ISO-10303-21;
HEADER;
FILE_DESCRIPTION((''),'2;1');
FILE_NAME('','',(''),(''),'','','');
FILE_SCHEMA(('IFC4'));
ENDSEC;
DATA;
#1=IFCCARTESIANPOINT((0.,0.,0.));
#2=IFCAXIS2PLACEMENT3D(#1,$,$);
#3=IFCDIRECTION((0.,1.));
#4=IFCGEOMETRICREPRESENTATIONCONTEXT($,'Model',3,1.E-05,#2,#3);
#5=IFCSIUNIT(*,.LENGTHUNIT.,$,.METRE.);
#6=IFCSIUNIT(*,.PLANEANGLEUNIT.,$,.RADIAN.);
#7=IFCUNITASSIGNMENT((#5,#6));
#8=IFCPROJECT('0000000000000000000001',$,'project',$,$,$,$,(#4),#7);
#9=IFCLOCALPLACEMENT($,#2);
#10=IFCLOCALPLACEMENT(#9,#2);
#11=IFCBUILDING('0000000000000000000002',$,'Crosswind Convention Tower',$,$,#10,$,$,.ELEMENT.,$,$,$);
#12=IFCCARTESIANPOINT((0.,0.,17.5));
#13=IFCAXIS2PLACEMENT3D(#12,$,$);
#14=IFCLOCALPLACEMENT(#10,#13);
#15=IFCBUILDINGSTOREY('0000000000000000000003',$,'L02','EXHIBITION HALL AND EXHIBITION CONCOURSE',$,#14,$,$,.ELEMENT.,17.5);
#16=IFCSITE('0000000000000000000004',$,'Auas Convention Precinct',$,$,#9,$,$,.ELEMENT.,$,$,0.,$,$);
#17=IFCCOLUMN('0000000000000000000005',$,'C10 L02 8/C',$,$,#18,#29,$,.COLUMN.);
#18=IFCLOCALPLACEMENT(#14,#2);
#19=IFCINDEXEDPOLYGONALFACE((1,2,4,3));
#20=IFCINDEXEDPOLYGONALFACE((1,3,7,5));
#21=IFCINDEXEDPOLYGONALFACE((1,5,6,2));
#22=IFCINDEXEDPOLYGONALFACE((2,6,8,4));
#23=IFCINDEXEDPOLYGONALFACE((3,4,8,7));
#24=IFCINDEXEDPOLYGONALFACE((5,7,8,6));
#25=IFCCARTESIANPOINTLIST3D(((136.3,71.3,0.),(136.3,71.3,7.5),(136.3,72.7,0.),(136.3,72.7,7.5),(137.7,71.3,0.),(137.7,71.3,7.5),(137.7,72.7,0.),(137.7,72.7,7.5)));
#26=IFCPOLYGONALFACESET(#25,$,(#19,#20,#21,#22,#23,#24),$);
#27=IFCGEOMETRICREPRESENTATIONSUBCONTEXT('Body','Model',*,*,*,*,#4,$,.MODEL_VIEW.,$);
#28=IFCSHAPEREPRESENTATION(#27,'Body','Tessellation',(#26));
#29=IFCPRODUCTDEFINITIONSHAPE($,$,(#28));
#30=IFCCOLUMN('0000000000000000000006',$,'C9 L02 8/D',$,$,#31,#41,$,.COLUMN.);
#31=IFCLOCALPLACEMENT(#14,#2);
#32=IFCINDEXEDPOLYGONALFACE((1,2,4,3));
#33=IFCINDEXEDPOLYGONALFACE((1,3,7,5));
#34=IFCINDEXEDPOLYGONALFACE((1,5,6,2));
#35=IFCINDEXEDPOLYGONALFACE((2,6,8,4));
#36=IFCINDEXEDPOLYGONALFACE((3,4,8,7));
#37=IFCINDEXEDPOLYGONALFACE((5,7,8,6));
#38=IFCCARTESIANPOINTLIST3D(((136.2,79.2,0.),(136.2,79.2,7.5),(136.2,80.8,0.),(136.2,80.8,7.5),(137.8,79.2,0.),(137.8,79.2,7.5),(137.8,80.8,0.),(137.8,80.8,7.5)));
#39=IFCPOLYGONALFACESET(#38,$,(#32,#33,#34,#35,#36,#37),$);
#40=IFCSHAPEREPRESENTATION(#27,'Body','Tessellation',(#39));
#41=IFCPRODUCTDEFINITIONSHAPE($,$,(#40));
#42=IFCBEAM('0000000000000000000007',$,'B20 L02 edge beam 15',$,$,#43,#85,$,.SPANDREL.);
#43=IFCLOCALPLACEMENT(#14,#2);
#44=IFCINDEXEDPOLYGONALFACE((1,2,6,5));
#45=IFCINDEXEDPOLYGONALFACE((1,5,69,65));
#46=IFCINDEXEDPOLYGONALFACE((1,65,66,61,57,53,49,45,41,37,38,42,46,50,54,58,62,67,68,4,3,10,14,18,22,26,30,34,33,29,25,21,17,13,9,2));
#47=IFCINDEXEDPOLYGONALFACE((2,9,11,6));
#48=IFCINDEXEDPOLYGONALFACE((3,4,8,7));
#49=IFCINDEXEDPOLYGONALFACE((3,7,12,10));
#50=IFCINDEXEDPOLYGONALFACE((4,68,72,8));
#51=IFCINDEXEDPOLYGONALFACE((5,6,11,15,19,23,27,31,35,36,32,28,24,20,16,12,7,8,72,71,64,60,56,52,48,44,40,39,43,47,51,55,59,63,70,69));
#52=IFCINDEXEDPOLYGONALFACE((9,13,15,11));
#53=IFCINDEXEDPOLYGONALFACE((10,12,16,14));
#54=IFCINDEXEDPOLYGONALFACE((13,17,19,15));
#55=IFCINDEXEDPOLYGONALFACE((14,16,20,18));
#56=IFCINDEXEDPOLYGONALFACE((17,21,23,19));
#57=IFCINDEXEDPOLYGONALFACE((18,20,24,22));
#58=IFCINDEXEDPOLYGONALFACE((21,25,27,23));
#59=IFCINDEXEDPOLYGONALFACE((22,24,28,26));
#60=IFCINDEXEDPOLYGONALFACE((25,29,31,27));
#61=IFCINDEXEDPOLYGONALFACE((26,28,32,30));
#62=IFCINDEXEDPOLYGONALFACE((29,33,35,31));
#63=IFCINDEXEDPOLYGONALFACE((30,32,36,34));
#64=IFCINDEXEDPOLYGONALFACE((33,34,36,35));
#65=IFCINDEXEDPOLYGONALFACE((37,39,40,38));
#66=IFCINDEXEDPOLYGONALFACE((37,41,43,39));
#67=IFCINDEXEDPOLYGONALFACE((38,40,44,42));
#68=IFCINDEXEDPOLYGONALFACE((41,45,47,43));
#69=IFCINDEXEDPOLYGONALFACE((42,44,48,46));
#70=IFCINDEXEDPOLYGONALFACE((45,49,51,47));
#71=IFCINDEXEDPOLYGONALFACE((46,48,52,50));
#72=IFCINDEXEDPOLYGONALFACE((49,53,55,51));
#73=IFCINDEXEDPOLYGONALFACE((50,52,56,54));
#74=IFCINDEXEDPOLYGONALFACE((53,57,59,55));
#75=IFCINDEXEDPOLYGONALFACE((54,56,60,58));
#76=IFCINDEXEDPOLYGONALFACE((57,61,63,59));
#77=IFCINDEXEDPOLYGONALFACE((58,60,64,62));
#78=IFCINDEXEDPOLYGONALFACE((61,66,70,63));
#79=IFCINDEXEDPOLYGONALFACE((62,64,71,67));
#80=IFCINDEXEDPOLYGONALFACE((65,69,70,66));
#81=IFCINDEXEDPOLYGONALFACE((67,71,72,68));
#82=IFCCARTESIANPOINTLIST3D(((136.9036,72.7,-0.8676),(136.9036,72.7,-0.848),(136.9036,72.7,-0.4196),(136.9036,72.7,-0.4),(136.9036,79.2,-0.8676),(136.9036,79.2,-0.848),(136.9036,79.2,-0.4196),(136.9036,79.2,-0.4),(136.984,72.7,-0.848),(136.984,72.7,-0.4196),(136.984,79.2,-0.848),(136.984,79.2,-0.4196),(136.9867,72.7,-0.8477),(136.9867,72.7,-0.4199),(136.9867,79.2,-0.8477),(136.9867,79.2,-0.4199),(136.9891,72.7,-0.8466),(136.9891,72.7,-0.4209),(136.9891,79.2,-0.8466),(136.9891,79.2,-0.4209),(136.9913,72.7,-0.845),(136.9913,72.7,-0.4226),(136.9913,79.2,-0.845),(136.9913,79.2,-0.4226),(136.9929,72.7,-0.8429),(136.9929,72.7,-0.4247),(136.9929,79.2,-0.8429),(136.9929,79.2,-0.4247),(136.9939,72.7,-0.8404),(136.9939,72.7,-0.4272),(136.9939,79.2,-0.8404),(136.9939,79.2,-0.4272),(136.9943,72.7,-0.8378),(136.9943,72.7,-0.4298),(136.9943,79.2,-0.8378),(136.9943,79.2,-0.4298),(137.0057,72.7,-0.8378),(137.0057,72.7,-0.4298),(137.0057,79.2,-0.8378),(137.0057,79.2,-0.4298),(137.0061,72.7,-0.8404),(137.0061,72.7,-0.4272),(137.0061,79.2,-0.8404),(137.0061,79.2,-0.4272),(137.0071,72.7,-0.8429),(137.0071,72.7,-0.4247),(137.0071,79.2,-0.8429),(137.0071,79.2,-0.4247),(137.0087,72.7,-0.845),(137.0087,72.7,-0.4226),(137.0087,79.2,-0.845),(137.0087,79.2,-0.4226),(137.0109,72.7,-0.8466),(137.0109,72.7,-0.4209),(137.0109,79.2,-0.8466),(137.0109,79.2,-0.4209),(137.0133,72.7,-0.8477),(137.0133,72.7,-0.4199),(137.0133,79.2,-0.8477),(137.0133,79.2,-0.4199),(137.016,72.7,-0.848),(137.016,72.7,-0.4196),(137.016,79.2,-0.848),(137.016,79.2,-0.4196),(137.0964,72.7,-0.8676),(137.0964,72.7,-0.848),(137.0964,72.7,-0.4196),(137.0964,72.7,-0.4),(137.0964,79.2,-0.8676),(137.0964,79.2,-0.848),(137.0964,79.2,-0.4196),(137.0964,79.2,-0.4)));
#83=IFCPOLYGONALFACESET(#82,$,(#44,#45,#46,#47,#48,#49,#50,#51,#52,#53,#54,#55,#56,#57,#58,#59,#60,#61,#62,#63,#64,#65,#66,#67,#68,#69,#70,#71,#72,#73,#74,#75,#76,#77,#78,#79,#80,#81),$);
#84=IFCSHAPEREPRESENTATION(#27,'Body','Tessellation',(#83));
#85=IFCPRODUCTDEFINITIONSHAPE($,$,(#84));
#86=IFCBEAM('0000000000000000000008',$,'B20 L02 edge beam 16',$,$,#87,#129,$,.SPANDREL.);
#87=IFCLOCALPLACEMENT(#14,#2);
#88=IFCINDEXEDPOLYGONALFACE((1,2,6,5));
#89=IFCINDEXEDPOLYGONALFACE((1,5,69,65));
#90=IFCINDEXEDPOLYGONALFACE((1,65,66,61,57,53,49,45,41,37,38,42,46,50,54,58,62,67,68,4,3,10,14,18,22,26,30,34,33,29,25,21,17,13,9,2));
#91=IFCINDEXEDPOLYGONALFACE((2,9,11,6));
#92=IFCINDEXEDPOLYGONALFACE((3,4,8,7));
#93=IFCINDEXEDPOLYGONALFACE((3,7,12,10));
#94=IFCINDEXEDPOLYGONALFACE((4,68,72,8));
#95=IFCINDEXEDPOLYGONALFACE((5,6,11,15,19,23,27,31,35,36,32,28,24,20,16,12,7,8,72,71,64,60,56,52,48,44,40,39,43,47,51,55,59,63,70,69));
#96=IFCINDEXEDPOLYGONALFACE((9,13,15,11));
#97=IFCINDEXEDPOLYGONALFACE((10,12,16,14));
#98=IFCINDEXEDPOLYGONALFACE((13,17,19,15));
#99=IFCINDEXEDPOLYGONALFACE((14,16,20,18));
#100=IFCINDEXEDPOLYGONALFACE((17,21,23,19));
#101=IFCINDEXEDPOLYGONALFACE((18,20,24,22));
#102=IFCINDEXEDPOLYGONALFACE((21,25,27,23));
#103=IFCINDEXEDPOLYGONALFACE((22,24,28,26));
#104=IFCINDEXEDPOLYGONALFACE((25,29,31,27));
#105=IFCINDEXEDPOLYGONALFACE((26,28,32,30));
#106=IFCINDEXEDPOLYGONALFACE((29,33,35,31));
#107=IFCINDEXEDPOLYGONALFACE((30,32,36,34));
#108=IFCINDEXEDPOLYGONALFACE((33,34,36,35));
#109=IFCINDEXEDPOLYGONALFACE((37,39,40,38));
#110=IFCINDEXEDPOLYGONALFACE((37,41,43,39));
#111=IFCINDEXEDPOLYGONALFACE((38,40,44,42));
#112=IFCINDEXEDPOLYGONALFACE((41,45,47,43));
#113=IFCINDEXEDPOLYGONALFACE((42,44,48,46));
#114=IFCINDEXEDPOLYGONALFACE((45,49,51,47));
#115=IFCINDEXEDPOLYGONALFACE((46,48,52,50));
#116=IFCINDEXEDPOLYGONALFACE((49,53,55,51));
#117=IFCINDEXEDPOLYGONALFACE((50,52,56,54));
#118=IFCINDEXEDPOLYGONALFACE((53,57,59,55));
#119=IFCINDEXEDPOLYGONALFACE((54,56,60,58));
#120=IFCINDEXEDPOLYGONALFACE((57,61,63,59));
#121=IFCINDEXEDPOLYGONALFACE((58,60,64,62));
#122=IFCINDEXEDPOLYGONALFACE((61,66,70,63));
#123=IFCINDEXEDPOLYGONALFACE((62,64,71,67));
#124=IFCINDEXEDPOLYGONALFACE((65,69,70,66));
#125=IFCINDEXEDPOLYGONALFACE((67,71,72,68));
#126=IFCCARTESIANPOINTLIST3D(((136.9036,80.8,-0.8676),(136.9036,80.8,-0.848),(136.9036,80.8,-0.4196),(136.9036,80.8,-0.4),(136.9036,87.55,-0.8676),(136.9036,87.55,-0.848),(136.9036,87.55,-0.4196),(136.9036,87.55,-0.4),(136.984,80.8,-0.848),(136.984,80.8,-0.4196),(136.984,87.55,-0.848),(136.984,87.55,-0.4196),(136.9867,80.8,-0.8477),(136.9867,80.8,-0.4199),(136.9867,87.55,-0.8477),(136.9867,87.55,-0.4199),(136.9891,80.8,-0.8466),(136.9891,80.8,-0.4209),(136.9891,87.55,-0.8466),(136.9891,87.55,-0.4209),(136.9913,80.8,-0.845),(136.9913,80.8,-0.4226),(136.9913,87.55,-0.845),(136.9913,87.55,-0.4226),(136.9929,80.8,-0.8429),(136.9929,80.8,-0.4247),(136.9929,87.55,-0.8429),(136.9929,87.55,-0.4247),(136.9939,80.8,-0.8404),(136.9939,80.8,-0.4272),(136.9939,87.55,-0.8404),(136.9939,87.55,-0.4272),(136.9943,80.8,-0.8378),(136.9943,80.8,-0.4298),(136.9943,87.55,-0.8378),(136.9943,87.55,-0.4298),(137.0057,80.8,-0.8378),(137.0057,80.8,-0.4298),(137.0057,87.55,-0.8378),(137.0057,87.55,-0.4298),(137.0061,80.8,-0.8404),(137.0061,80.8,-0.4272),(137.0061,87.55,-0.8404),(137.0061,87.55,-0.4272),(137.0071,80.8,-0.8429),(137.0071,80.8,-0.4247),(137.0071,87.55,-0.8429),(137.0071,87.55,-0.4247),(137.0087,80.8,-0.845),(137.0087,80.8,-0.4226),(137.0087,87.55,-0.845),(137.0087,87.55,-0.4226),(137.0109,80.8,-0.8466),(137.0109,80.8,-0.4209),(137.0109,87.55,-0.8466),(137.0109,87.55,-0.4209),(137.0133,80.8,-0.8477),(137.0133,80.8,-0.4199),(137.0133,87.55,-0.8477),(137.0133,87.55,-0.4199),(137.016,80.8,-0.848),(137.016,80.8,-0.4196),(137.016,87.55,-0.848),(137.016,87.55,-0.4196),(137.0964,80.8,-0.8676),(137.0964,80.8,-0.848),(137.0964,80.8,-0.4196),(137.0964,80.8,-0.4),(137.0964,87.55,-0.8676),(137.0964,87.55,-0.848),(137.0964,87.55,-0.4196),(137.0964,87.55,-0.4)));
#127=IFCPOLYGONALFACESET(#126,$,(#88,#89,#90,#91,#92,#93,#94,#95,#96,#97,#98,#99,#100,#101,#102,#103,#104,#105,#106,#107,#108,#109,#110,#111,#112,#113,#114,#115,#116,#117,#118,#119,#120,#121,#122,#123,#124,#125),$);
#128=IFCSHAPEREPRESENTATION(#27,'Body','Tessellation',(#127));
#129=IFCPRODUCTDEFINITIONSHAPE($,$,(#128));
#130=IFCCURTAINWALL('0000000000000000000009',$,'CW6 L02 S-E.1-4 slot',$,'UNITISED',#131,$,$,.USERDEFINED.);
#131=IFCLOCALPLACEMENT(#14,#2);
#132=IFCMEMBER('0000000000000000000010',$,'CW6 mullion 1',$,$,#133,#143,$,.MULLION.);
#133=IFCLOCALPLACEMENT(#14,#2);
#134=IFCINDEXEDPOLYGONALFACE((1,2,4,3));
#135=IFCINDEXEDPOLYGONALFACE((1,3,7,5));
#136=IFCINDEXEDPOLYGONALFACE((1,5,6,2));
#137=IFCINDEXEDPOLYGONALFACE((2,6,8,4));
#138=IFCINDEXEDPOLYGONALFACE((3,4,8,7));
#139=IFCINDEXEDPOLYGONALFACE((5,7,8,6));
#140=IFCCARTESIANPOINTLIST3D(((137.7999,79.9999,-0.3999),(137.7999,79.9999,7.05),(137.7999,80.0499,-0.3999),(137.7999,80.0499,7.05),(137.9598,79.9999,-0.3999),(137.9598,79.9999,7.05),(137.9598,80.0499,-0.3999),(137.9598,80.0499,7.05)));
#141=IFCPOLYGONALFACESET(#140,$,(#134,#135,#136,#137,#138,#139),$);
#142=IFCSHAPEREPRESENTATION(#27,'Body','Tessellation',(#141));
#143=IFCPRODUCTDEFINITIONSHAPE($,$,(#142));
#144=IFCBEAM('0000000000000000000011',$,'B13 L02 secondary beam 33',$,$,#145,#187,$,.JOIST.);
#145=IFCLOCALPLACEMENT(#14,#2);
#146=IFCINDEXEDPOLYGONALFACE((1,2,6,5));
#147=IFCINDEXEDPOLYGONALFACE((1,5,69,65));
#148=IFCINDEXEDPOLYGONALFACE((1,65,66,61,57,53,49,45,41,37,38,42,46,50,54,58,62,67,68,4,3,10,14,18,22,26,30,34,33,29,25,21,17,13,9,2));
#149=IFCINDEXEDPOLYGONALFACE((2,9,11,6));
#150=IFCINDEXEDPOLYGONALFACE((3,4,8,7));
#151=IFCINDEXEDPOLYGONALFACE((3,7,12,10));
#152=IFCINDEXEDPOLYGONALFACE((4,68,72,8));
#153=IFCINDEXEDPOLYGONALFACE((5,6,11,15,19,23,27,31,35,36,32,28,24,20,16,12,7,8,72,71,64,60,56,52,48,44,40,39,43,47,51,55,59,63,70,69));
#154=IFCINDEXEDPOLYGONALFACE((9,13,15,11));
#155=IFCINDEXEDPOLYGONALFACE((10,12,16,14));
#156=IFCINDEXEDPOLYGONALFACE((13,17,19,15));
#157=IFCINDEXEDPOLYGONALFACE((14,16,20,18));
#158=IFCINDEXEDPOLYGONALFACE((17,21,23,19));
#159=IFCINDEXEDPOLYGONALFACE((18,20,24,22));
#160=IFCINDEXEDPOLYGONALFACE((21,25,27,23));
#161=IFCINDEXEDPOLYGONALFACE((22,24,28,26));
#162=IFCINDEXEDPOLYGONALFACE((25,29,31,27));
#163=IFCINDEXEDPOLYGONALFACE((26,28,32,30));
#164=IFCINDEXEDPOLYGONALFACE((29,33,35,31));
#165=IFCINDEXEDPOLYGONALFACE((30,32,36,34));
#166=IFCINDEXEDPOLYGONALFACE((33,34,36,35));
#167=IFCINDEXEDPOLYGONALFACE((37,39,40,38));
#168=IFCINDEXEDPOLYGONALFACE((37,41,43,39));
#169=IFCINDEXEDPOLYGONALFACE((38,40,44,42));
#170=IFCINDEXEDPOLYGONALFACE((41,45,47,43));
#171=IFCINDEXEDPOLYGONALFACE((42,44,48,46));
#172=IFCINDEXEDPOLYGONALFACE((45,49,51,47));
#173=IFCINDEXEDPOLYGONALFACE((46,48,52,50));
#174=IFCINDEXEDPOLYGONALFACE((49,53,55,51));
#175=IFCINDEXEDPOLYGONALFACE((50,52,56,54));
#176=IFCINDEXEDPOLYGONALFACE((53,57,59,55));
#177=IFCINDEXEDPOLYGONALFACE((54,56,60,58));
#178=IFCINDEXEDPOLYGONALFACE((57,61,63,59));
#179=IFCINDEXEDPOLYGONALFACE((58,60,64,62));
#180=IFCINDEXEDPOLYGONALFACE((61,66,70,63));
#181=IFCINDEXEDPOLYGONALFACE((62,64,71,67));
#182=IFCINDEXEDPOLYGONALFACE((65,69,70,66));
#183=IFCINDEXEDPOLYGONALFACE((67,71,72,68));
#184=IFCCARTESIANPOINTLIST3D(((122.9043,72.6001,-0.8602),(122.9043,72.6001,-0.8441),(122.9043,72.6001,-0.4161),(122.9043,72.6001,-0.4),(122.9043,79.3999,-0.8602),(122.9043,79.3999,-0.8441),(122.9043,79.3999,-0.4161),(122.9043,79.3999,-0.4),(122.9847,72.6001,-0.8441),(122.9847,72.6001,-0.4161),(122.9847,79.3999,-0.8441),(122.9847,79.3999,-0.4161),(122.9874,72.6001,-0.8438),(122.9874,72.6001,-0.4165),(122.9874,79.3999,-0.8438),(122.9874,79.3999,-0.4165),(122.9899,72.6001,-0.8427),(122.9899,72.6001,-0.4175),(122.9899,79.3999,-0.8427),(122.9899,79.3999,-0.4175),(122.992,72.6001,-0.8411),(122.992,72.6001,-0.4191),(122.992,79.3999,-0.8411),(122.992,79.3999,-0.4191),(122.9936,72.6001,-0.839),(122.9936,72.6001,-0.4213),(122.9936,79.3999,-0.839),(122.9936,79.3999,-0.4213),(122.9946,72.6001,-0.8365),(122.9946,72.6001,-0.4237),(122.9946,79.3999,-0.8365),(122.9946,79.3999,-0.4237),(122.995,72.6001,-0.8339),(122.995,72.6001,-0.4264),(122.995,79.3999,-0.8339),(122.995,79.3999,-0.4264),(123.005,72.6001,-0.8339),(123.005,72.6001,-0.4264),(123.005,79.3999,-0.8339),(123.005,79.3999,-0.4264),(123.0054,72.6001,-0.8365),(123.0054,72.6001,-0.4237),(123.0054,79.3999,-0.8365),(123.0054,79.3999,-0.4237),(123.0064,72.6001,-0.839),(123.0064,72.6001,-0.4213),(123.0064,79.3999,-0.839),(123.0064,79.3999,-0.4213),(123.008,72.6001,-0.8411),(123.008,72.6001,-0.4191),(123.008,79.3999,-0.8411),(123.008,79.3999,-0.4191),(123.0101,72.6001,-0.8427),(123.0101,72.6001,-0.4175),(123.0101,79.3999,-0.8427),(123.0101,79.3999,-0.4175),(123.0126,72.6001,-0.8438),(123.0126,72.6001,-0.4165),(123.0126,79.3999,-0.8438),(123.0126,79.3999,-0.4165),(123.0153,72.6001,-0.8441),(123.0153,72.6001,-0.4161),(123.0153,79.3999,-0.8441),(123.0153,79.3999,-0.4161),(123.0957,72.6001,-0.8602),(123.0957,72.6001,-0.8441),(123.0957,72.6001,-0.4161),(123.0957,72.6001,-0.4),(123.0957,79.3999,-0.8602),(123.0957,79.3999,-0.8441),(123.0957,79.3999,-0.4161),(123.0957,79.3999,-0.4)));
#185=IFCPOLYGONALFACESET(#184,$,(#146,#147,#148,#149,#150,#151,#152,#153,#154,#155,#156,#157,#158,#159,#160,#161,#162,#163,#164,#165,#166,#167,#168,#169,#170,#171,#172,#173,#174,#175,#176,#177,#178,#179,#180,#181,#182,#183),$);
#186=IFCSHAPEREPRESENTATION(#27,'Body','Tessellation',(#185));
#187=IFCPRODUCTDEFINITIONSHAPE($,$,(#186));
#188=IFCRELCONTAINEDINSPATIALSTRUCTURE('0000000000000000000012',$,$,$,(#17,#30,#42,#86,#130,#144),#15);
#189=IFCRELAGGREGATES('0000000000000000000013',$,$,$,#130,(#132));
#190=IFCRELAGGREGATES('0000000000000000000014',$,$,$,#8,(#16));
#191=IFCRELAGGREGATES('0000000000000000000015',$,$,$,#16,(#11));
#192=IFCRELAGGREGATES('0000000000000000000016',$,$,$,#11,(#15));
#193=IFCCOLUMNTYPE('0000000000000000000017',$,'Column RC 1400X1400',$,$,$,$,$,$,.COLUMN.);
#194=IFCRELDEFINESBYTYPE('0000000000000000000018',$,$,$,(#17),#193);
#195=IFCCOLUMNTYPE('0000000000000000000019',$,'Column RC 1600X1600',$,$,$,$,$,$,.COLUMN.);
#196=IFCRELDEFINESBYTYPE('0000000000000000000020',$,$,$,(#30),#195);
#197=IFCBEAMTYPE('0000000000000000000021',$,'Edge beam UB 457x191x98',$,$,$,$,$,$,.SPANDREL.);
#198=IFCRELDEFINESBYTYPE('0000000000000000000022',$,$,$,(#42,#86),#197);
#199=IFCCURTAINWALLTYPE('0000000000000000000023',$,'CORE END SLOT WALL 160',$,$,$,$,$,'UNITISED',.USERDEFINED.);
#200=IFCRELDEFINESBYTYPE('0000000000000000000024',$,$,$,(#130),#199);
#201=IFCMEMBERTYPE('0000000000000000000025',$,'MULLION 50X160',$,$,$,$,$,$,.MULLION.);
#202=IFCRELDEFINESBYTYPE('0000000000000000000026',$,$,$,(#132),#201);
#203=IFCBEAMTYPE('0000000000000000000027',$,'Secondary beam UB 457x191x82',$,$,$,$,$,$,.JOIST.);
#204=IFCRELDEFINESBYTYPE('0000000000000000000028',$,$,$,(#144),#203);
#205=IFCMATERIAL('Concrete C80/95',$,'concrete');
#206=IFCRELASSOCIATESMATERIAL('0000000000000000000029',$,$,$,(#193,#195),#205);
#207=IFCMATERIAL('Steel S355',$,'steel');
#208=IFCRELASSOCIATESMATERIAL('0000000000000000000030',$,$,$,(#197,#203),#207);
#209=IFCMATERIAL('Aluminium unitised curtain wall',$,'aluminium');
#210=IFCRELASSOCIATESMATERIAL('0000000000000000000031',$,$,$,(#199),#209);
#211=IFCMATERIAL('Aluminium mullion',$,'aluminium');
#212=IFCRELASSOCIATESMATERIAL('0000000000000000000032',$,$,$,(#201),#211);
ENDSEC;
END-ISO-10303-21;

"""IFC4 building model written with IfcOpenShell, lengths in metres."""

from ifc_helpers import new_model, si_unit, direction, frame, origin, origin_2d, place, context, subcontext, project, spatial, rectangle, i_section, extrude, material, material_profile, profile_set, type_object, element, aggregate, save


model = new_model("IFC4")

# Units and contexts
model_context = context("Model", 3, precision=1e-05, world=origin(), true_north=direction((0.0, 1.0)))
body_context = subcontext(model_context, "Body", "Model", "MODEL_VIEW")
ifc_project = project(units=[si_unit("LENGTHUNIT", "METRE"), si_unit("PLANEANGLEUNIT", "RADIAN")], contexts=[model_context])

# Site, building, storey
site_placement = place(None, origin())
site = spatial("IfcSite", under=ifc_project, at=site_placement, Name="Auas Convention Precinct", CompositionType="ELEMENT", RefElevation=0.0)
building_placement = place(site_placement, origin())
building = spatial("IfcBuilding", under=site, at=building_placement, Name="Crosswind Convention Tower", CompositionType="ELEMENT")
storey_placement = place(building_placement, frame((0.0, 0.0, 17.5)))
storey = spatial("IfcBuildingStorey", under=building, at=storey_placement, Name="L02", Description="EXHIBITION HALL AND EXHIBITION CONCOURSE", CompositionType="ELEMENT", Elevation=17.5)

# Columns
ifc_material_1 = material(Name="Concrete C80/95", Category="concrete")
ifc_material_profile_1 = material_profile(ifc_material_1, rectangle(XDim=1.3999, YDim=1.3999, at=origin_2d()), Name="RC 1400X1400")
ifc_profile_set_1 = profile_set([ifc_material_profile_1], Name="Concrete C80/95")
column_type_1 = type_object("IfcColumnType", Name="Column RC 1400X1400", PredefinedType="COLUMN", material=ifc_profile_set_1)
column_1_placement = place(storey_placement, frame((137.0, 72.0, 0.0), z_axis=(0.0, 0.0, 1.0), x_axis=(1.0, 0.0, 0.0)))
element("IfcColumn", 1, at=column_1_placement, inside=storey, type_object=column_type_1, Name="C10 L02 8/C", PredefinedType="COLUMN", context=body_context, shape_type="SweptSolid", body=[
    extrude(rectangle(XDim=1.3999, YDim=1.3999, at=origin_2d()), origin(), (0.0, 0.0, 1.0), 7.5),
])
ifc_material_profile_2 = material_profile(ifc_material_1, rectangle(XDim=1.6001, YDim=1.6001, at=origin_2d()), Name="RC 1600X1600")
ifc_profile_set_2 = profile_set([ifc_material_profile_2], Name="Concrete C80/95")
column_type_2 = type_object("IfcColumnType", Name="Column RC 1600X1600", PredefinedType="COLUMN", material=ifc_profile_set_2)
column_2_placement = place(storey_placement, frame((137.0, 80.0, 0.0), z_axis=(0.0, 0.0, 1.0), x_axis=(1.0, 0.0, 0.0)))
element("IfcColumn", 2, at=column_2_placement, inside=storey, type_object=column_type_2, Name="C9 L02 8/D", PredefinedType="COLUMN", context=body_context, shape_type="SweptSolid", body=[
    extrude(rectangle(XDim=1.6001, YDim=1.6001, at=origin_2d()), origin(), (0.0, 0.0, 1.0), 7.5),
])

# Beams
ifc_material_2 = material(Name="Steel S355", Category="steel")
ifc_material_profile_3 = material_profile(ifc_material_2, i_section(OverallWidth=0.1929, OverallDepth=0.4675, WebThickness=0.0115, FlangeThickness=0.0195, FilletRadius=0.0103, at=origin_2d()), Name="UB 457x191x98")
ifc_profile_set_3 = profile_set([ifc_material_profile_3], Name="Steel S355")
beam_type_1 = type_object("IfcBeamType", Name="Edge beam UB 457x191x98", PredefinedType="SPANDREL", material=ifc_profile_set_3)
beam_1_placement = place(storey_placement, frame((137.0, 72.7, -0.6338), z_axis=(0.0, 1.0, 0.0), x_axis=(-1.0, 0.0, 0.0)))
element("IfcBeam", 3, at=beam_1_placement, inside=storey, type_object=beam_type_1, Name="B20 L02 edge beam 15", PredefinedType="SPANDREL", context=body_context, shape_type="SweptSolid", body=[
    extrude(i_section(OverallWidth=0.1929, OverallDepth=0.4675, WebThickness=0.0115, FlangeThickness=0.0195, FilletRadius=0.0103, at=origin_2d()), origin(), (0.0, 0.0, 1.0), 6.5),
])
beam_2_placement = place(storey_placement, frame((137.0, 80.8, -0.6338), z_axis=(0.0, 1.0, 0.0), x_axis=(-1.0, 0.0, 0.0)))
element("IfcBeam", 4, at=beam_2_placement, inside=storey, type_object=beam_type_1, Name="B20 L02 edge beam 16", PredefinedType="SPANDREL", context=body_context, shape_type="SweptSolid", body=[
    extrude(i_section(OverallWidth=0.1929, OverallDepth=0.4675, WebThickness=0.0115, FlangeThickness=0.0195, FilletRadius=0.0103, at=origin_2d()), origin(), (0.0, 0.0, 1.0), 6.75),
])

# Curtain wall, member
ifc_material_3 = material(Name="Aluminium unitised curtain wall", Category="aluminium")
curtain_wall_type = type_object("IfcCurtainWallType", Name="CORE END SLOT WALL 160", ElementType="UNITISED", PredefinedType="USERDEFINED", material=ifc_material_3)
curtain_wall_placement = place(storey_placement, origin())
curtain_wall = element("IfcCurtainWall", 5, at=curtain_wall_placement, inside=storey, type_object=curtain_wall_type, Name="CW6 L02 S-E.1-4 slot", ObjectType="UNITISED", PredefinedType="USERDEFINED")
ifc_material_4 = material(Name="Aluminium mullion", Category="aluminium")
ifc_material_profile_4 = material_profile(ifc_material_4, rectangle(XDim=0.1599, YDim=0.05, at=origin_2d()), Name="AL 160X50")
ifc_profile_set_4 = profile_set([ifc_material_profile_4], Name="Aluminium mullion")
member_type_1 = type_object("IfcMemberType", Name="MULLION 50X160", PredefinedType="MULLION", material=ifc_profile_set_4)
member_1_placement = place(storey_placement, frame((137.8799, 80.0249, -0.3999), z_axis=(0.0, 0.0, 1.0), x_axis=(1.0, 0.0, 0.0)))
member_1 = element("IfcMember", 6, at=member_1_placement, type_object=member_type_1, Name="CW6 mullion 1", PredefinedType="MULLION", context=body_context, shape_type="SweptSolid", body=[
    extrude(rectangle(XDim=0.1599, YDim=0.05, at=origin_2d()), origin(), (0.0, 0.0, 1.0), 7.45),
])

# Beam
ifc_material_profile_5 = material_profile(ifc_material_2, i_section(OverallWidth=0.1914, OverallDepth=0.4602, WebThickness=0.01, FlangeThickness=0.0161, FilletRadius=0.0103, at=origin_2d()), Name="UB 457x191x82")
ifc_profile_set_5 = profile_set([ifc_material_profile_5], Name="Steel S355")
beam_type_2 = type_object("IfcBeamType", Name="Secondary beam UB 457x191x82", PredefinedType="JOIST", material=ifc_profile_set_5)
beam_3_placement = place(storey_placement, frame((123.0, 72.6001, -0.6301), z_axis=(0.0, 1.0, 0.0), x_axis=(-1.0, 0.0, 0.0)))
element("IfcBeam", 7, at=beam_3_placement, inside=storey, type_object=beam_type_2, Name="B13 L02 secondary beam 33", PredefinedType="JOIST", context=body_context, shape_type="SweptSolid", body=[
    extrude(i_section(OverallWidth=0.1914, OverallDepth=0.4602, WebThickness=0.01, FlangeThickness=0.0161, FilletRadius=0.0103, at=origin_2d()), origin(), (0.0, 0.0, 1.0), 6.7998),
])

aggregate(curtain_wall, [member_1])

save(model, "model.ifc")
